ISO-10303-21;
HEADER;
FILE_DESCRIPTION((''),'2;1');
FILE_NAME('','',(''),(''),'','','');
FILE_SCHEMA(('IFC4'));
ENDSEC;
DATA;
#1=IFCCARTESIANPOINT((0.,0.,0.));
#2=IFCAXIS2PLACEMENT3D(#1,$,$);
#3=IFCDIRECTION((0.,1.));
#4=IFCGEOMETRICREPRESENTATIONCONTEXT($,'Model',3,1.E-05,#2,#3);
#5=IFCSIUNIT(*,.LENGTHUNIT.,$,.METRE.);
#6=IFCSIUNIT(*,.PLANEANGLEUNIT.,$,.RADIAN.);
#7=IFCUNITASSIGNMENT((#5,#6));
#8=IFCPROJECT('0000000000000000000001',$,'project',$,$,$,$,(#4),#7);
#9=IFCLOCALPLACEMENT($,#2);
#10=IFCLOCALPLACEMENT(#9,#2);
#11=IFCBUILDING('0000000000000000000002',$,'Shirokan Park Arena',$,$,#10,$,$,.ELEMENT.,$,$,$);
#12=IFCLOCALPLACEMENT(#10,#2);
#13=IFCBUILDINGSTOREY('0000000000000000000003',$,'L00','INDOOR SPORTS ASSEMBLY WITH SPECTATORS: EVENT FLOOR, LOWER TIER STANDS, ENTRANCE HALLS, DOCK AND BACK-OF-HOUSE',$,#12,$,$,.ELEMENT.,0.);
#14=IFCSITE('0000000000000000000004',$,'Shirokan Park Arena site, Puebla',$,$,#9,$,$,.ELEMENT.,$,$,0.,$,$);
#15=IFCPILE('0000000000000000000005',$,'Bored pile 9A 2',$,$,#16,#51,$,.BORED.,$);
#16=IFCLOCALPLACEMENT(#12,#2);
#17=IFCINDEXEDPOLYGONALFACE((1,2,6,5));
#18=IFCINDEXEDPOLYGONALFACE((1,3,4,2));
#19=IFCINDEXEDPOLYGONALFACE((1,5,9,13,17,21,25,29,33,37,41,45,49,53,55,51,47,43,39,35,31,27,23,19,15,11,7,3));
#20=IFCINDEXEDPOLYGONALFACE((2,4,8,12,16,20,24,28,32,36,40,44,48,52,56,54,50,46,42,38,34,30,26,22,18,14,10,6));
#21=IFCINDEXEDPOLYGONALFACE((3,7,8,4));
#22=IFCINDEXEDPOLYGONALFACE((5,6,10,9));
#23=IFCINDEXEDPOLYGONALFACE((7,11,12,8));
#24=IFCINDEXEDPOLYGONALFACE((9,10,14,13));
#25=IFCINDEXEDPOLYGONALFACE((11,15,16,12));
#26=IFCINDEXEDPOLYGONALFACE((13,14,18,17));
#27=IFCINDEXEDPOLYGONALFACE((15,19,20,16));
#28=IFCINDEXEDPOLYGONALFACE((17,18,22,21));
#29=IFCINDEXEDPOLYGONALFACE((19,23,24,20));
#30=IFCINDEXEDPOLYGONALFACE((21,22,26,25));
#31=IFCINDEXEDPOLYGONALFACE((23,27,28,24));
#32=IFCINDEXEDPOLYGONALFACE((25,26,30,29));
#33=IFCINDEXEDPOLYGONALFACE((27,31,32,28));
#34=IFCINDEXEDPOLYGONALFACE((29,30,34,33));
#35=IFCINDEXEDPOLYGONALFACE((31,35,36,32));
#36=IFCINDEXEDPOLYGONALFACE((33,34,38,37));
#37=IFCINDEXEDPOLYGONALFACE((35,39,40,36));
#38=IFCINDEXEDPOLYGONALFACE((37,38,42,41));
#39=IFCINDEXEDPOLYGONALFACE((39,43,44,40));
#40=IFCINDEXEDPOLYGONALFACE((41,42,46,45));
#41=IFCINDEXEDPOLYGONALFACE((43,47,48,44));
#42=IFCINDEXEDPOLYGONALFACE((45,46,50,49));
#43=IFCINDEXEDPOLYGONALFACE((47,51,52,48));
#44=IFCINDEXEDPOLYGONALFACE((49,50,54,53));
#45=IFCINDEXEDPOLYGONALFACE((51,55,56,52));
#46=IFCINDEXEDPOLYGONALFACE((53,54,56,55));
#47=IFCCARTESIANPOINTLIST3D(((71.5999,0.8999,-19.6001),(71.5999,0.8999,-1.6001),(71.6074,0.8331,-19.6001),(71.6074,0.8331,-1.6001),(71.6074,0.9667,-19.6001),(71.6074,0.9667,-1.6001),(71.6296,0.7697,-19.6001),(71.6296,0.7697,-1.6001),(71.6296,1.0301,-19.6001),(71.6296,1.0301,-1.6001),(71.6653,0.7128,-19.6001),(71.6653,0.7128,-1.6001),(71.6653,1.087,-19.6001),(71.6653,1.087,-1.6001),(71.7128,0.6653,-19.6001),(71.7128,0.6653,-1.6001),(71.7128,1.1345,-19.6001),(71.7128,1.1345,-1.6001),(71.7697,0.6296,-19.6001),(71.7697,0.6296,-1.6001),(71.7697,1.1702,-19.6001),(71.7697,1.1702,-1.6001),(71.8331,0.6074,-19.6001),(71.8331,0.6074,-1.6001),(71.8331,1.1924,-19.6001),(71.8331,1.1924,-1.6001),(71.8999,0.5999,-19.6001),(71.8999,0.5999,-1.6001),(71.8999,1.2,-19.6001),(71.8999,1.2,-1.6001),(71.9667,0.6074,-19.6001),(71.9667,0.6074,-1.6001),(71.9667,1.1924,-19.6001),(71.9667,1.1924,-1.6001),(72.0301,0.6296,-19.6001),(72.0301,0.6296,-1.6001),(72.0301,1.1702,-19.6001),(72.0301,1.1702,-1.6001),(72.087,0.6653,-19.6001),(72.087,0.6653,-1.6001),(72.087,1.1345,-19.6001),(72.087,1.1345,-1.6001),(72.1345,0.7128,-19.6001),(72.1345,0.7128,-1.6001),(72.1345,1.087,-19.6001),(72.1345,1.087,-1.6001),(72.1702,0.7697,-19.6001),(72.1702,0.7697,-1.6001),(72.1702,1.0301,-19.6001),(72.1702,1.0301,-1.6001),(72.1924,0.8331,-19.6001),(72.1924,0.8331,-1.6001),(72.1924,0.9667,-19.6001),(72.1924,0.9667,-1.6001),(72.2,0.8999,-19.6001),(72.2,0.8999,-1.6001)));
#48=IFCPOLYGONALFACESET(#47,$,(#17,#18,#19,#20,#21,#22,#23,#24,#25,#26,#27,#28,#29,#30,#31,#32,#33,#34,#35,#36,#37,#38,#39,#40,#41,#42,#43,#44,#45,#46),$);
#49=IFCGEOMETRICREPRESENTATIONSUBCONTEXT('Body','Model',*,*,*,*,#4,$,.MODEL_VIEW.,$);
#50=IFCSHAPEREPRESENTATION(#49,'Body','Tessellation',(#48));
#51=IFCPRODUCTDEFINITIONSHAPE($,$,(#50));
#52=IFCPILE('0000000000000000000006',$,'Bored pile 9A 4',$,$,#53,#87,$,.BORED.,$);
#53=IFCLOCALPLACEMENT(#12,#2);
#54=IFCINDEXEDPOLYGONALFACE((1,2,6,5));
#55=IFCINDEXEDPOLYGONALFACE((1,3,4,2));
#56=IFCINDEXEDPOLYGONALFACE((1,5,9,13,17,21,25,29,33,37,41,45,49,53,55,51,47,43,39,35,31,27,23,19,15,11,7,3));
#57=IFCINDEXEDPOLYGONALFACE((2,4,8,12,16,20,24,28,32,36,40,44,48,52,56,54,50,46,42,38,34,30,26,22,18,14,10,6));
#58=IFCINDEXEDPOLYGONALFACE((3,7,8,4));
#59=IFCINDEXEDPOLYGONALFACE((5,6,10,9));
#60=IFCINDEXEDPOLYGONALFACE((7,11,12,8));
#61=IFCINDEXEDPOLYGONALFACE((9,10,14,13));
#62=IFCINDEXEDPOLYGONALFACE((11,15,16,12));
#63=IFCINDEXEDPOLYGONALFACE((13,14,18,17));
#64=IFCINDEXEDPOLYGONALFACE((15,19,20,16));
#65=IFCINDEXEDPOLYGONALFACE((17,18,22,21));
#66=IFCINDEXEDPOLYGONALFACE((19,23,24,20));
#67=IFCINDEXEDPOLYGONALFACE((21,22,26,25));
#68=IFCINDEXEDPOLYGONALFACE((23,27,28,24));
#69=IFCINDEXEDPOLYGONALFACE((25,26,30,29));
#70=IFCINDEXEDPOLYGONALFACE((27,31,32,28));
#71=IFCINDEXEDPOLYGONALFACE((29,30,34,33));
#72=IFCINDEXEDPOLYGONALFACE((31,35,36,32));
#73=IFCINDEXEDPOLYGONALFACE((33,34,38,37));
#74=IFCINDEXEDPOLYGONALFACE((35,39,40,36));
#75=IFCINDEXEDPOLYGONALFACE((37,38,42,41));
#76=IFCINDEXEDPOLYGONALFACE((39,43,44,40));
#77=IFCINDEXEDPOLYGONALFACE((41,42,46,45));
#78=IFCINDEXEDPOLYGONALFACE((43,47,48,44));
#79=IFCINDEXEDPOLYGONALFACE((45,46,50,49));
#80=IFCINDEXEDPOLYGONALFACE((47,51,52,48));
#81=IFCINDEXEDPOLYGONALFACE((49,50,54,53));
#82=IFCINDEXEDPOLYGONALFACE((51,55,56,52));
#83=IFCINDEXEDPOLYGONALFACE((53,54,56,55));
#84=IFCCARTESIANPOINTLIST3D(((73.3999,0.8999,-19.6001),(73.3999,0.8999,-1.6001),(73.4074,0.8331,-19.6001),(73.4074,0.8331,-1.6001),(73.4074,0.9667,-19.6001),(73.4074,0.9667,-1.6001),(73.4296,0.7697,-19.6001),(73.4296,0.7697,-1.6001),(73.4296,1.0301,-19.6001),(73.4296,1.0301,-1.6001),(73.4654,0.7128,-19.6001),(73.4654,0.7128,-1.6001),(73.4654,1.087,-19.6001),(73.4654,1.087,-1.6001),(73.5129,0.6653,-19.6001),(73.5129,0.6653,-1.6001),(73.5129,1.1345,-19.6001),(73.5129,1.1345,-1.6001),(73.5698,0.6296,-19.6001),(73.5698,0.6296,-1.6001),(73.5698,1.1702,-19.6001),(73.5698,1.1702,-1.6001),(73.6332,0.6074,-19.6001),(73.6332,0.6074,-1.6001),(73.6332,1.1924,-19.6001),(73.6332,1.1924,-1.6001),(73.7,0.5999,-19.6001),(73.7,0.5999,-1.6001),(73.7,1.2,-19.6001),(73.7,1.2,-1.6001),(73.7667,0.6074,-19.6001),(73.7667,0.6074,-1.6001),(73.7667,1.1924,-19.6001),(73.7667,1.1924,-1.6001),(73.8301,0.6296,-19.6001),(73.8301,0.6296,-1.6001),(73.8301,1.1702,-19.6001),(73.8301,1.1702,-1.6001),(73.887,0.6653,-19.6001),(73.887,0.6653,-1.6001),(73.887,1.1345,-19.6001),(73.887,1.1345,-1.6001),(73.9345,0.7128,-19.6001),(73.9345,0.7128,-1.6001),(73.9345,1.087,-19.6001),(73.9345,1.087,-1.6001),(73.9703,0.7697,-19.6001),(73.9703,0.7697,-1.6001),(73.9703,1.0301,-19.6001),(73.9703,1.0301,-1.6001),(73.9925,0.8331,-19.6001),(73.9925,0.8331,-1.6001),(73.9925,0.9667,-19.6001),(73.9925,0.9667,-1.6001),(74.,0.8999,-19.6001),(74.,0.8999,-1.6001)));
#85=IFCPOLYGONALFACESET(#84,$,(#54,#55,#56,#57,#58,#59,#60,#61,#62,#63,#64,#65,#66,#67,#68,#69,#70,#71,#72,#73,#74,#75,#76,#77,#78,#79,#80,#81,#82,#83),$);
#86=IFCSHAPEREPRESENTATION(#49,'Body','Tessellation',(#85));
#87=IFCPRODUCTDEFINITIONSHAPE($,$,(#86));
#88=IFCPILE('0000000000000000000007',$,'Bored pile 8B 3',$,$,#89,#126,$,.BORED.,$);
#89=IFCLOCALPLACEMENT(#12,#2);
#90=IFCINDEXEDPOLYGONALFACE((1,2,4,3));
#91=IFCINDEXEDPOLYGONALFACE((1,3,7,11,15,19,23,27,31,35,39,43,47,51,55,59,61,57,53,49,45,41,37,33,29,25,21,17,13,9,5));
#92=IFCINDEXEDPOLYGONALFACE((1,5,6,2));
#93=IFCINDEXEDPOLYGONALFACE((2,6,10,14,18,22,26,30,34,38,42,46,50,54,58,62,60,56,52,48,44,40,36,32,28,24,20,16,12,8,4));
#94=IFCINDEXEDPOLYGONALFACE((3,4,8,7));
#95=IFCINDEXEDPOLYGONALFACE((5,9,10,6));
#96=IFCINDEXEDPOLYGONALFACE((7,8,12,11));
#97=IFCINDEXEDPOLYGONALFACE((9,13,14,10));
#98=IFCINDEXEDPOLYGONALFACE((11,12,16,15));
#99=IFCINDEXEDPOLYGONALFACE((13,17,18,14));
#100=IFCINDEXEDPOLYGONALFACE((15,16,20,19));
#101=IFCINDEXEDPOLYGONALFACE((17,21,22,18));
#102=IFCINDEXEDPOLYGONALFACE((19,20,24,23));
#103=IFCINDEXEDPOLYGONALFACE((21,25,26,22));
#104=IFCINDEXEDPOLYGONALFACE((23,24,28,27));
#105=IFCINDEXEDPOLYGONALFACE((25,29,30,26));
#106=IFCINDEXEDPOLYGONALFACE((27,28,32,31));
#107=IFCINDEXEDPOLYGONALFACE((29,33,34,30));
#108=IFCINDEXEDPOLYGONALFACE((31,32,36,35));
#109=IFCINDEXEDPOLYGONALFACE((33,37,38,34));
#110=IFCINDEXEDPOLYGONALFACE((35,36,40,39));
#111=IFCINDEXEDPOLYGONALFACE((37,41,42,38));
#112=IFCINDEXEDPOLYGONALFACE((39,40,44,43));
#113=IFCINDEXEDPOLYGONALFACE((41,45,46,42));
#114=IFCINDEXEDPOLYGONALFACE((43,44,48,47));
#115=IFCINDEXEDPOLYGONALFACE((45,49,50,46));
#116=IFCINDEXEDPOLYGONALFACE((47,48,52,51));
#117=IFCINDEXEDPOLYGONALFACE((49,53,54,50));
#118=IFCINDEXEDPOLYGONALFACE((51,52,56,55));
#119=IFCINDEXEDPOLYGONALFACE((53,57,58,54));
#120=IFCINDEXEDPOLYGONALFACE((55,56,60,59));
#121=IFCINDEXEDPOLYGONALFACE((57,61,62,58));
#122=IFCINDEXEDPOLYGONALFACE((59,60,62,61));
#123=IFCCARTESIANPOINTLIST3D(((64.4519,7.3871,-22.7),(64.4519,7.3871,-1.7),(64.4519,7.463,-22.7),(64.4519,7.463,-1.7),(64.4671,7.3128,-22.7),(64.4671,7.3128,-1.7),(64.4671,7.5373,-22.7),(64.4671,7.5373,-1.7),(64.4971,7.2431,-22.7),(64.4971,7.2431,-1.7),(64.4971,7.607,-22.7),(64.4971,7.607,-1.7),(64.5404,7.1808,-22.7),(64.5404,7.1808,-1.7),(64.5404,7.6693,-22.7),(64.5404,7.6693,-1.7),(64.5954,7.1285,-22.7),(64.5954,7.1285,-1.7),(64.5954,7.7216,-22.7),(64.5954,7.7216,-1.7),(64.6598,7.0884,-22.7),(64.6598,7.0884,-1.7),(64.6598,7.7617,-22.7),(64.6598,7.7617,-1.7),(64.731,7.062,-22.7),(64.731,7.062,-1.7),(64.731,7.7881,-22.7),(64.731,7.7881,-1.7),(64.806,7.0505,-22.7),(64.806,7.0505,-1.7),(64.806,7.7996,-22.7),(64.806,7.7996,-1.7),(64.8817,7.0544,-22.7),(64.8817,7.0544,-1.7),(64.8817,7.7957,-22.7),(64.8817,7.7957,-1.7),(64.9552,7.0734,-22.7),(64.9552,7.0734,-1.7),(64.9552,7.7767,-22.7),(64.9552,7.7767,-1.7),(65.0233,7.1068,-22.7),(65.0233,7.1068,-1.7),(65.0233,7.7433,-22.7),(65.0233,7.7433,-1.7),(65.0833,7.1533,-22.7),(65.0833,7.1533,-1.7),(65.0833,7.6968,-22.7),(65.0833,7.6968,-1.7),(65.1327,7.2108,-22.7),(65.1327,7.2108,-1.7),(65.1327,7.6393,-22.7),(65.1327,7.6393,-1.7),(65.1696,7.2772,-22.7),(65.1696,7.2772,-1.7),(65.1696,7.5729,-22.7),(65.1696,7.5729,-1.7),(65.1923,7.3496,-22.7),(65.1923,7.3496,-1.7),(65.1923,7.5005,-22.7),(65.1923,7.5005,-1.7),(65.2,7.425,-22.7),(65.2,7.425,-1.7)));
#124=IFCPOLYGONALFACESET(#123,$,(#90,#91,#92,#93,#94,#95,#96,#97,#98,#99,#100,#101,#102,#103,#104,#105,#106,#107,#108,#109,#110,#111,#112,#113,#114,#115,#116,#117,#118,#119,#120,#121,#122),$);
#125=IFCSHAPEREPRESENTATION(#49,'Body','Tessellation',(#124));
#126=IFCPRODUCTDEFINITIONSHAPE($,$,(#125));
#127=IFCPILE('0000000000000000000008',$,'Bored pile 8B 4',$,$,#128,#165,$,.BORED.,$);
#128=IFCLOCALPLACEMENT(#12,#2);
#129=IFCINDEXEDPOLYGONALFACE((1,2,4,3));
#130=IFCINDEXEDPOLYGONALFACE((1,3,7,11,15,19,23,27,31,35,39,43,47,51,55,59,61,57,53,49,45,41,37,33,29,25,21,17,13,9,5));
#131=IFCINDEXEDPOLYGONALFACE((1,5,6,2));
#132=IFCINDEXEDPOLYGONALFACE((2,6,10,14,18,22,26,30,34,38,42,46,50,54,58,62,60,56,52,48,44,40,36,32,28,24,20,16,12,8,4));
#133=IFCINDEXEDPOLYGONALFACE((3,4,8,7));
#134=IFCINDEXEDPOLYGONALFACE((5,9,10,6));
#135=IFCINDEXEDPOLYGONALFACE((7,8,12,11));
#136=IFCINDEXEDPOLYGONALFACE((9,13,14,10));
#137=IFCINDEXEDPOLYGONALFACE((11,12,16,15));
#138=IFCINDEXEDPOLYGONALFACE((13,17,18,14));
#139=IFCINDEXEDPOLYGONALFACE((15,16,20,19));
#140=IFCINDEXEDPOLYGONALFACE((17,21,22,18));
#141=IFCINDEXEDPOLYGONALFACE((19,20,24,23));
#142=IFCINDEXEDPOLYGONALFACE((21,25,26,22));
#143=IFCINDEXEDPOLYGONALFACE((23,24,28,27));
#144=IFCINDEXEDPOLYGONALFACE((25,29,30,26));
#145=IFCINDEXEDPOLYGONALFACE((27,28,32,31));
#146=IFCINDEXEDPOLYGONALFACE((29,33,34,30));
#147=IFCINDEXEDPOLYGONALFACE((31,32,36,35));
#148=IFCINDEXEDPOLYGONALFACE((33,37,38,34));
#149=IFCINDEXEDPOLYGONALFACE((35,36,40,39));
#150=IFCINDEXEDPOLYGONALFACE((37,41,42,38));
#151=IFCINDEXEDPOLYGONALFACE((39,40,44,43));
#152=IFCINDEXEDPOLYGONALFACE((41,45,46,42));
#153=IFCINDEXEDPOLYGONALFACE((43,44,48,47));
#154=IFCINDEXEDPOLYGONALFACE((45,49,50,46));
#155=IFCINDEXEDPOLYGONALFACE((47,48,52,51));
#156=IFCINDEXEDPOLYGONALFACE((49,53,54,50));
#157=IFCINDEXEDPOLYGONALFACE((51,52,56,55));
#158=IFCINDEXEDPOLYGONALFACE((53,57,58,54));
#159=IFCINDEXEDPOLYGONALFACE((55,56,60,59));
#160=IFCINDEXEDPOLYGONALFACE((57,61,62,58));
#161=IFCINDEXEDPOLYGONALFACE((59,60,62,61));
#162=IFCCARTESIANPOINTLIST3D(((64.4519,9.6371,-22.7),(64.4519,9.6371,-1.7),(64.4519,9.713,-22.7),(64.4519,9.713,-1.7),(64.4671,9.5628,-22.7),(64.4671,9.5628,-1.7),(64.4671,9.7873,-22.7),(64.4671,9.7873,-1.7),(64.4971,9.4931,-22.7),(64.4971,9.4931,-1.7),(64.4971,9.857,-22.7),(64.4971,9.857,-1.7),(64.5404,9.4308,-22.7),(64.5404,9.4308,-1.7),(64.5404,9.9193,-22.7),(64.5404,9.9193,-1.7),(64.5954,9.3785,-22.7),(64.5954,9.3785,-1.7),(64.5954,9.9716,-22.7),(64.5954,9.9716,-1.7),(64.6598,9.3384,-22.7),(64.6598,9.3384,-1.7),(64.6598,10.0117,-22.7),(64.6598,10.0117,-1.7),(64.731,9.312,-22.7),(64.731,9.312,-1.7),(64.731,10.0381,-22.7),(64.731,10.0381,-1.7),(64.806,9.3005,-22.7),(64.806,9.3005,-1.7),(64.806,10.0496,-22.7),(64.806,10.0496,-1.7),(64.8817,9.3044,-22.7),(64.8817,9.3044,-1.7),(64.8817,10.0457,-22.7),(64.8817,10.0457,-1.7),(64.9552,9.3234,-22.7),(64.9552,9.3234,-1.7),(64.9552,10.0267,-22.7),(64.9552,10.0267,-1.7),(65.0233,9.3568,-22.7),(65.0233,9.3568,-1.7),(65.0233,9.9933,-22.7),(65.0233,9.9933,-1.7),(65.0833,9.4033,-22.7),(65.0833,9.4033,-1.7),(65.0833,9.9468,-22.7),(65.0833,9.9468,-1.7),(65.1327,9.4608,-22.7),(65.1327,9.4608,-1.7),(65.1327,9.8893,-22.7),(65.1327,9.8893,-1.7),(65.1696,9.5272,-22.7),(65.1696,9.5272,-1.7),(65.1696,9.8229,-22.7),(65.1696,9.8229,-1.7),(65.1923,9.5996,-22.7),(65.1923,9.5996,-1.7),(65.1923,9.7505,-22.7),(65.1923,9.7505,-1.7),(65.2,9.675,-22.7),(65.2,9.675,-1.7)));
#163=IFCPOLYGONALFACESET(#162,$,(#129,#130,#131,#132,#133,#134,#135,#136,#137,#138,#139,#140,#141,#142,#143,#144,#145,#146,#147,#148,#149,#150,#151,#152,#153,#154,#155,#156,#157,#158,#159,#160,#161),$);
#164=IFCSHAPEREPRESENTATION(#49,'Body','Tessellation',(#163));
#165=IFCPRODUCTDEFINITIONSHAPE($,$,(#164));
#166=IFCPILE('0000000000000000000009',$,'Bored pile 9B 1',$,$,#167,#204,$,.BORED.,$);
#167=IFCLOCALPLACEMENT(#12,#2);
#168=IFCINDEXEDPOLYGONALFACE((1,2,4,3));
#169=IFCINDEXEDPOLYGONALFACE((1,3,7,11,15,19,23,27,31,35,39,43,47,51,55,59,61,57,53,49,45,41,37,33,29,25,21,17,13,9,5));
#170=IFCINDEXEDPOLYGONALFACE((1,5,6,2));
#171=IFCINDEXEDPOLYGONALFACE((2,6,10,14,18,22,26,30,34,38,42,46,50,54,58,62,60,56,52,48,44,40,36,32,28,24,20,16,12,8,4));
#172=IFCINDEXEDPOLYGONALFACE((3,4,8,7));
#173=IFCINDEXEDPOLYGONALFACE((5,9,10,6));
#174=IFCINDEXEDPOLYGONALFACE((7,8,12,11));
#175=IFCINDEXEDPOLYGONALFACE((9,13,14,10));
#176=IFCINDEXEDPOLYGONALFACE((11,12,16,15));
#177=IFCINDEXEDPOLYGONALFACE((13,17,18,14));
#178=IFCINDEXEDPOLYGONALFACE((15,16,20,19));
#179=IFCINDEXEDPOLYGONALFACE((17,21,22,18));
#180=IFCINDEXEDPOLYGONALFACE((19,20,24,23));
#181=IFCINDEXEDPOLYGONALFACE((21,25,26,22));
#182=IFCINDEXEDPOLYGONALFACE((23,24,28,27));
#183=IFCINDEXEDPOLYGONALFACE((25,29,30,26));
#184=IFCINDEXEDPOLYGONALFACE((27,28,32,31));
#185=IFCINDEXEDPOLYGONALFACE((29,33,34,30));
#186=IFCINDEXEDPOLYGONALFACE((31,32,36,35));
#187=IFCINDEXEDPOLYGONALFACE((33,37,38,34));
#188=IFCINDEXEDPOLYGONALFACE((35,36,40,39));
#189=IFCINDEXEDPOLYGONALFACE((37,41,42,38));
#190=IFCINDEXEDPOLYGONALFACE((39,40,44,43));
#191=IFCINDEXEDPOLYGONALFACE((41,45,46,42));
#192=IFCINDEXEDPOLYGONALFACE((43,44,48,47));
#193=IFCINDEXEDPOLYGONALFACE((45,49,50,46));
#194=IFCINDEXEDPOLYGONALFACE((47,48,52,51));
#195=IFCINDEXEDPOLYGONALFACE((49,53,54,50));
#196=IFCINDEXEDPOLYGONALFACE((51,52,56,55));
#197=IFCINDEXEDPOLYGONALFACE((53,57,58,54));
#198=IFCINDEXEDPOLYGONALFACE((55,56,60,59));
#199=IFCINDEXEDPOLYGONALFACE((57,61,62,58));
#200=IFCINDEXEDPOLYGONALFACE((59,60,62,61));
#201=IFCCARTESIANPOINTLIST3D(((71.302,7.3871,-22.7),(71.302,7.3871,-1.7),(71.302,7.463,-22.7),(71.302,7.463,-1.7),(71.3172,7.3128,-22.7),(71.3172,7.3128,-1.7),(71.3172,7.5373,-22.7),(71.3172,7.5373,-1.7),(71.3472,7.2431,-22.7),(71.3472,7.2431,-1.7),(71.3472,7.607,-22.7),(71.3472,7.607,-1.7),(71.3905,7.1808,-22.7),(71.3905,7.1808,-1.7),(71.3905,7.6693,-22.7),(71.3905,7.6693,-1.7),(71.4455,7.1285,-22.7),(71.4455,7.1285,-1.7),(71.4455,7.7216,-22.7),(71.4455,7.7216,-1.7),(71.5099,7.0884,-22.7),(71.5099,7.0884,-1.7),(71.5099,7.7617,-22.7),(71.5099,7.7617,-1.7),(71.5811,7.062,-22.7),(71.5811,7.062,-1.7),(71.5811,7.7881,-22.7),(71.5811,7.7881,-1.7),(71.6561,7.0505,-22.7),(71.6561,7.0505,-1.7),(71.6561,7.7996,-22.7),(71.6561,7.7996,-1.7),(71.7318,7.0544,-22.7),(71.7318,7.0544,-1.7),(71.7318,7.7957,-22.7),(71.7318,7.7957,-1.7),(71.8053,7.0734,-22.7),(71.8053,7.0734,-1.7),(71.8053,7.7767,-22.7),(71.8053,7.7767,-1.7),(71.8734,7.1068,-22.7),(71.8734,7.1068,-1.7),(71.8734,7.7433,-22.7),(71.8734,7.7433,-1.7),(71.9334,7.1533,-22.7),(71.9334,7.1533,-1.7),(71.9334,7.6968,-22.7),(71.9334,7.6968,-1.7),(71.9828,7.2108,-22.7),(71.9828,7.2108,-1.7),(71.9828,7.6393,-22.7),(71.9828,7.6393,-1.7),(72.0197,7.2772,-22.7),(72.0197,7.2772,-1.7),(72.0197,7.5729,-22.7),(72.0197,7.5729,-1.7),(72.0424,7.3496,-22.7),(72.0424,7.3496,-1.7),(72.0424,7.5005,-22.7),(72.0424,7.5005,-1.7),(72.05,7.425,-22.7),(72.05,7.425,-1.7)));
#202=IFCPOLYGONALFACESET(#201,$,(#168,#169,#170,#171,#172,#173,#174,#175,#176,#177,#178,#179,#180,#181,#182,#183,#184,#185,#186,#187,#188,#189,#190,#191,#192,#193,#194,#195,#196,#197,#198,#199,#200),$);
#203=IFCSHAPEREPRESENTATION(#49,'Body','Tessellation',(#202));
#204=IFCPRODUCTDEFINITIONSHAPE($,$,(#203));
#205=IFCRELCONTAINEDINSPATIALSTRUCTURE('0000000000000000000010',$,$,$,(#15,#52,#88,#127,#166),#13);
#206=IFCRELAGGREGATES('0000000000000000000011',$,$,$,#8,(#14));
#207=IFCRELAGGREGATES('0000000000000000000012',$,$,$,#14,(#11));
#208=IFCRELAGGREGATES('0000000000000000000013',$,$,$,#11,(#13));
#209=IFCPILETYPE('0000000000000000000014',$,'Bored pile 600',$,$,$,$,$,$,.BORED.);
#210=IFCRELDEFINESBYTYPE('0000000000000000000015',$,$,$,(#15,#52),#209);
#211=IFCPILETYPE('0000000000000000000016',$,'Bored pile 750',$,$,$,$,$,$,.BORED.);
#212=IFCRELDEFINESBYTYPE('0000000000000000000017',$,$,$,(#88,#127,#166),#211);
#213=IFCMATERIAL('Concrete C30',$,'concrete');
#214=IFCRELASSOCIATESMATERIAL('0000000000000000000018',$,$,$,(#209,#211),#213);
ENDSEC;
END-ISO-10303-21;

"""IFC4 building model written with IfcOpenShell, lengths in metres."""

from ifc_helpers import new_model, si_unit, direction, frame, origin, origin_2d, place, context, subcontext, project, spatial, circle, extrude, material, material_profile, profile_set, type_object, element, save


model = new_model("IFC4")

# Units and contexts
model_context = context("Model", 3, precision=1e-05, world=origin(), true_north=direction((0.0, 1.0)))
body_context = subcontext(model_context, "Body", "Model", "MODEL_VIEW")
ifc_project = project(units=[si_unit("LENGTHUNIT", "METRE"), si_unit("PLANEANGLEUNIT", "RADIAN")], contexts=[model_context])

# Site, building, storey
site_placement = place(None, origin())
site = spatial("IfcSite", under=ifc_project, at=site_placement, Name="Shirokan Park Arena site, Puebla", CompositionType="ELEMENT", RefElevation=0.0)
building_placement = place(site_placement, origin())
building = spatial("IfcBuilding", under=site, at=building_placement, Name="Shirokan Park Arena", CompositionType="ELEMENT")
storey_placement = place(building_placement, origin())
storey = spatial("IfcBuildingStorey", under=building, at=storey_placement, Name="L00", Description="INDOOR SPORTS ASSEMBLY WITH SPECTATORS: EVENT FLOOR, LOWER TIER STANDS, ENTRANCE HALLS, DOCK AND BACK-OF-HOUSE", CompositionType="ELEMENT", Elevation=0.0)

# Piles
ifc_material_1 = material(Name="Concrete C30", Category="concrete")
ifc_material_profile_1 = material_profile(ifc_material_1, circle(Radius=0.3, at=origin_2d()), Name="D600")
ifc_profile_set_1 = profile_set([ifc_material_profile_1], Name="Concrete C30")
pile_type_1 = type_object("IfcPileType", Name="Bored pile 600", PredefinedType="BORED", material=ifc_profile_set_1)
for number, where, z_axis, x_axis, name in (
    (1, (71.8999, 0.8999, -1.6001), (0.0, 0.0, -1.0), (1.0, 0.0, 0.0), "Bored pile 9A 2"),
    (2, (73.7, 0.8999, -1.6001), (0.0, 0.0, -1.0), (1.0, 0.0, 0.0), "Bored pile 9A 4"),
):
    element("IfcPile", number, at=place(storey_placement, frame(where, z_axis=z_axis, x_axis=x_axis)), inside=storey, type_object=pile_type_1, Name=name, PredefinedType="BORED", context=body_context, shape_type="SweptSolid", body=[
        extrude(circle(Radius=0.3, at=origin_2d()), origin(), (0.0, 0.0, 1.0), 18.0),
    ])
ifc_material_profile_2 = material_profile(ifc_material_1, circle(Radius=0.375, at=origin_2d()), Name="D750")
ifc_profile_set_2 = profile_set([ifc_material_profile_2], Name="Concrete C30")
pile_type_2 = type_object("IfcPileType", Name="Bored pile 750", PredefinedType="BORED", material=ifc_profile_set_2)
for number, where, z_axis, x_axis, name in (
    (3, (64.825, 7.425, -1.7), (0.0, 0.0, -1.0), (1.0, 0.0, 0.0), "Bored pile 8B 3"),
    (4, (64.825, 9.675, -1.7), (0.0, 0.0, -1.0), (1.0, 0.0, 0.0), "Bored pile 8B 4"),
    (5, (71.675, 7.425, -1.7), (0.0, 0.0, -1.0), (1.0, 0.0, 0.0), "Bored pile 9B 1"),
):
    element("IfcPile", number, at=place(storey_placement, frame(where, z_axis=z_axis, x_axis=x_axis)), inside=storey, type_object=pile_type_2, Name=name, PredefinedType="BORED", context=body_context, shape_type="SweptSolid", body=[
        extrude(circle(Radius=0.375, at=origin_2d()), origin(), (0.0, 0.0, 1.0), 21.0),
    ])

save(model, "model.ifc")
